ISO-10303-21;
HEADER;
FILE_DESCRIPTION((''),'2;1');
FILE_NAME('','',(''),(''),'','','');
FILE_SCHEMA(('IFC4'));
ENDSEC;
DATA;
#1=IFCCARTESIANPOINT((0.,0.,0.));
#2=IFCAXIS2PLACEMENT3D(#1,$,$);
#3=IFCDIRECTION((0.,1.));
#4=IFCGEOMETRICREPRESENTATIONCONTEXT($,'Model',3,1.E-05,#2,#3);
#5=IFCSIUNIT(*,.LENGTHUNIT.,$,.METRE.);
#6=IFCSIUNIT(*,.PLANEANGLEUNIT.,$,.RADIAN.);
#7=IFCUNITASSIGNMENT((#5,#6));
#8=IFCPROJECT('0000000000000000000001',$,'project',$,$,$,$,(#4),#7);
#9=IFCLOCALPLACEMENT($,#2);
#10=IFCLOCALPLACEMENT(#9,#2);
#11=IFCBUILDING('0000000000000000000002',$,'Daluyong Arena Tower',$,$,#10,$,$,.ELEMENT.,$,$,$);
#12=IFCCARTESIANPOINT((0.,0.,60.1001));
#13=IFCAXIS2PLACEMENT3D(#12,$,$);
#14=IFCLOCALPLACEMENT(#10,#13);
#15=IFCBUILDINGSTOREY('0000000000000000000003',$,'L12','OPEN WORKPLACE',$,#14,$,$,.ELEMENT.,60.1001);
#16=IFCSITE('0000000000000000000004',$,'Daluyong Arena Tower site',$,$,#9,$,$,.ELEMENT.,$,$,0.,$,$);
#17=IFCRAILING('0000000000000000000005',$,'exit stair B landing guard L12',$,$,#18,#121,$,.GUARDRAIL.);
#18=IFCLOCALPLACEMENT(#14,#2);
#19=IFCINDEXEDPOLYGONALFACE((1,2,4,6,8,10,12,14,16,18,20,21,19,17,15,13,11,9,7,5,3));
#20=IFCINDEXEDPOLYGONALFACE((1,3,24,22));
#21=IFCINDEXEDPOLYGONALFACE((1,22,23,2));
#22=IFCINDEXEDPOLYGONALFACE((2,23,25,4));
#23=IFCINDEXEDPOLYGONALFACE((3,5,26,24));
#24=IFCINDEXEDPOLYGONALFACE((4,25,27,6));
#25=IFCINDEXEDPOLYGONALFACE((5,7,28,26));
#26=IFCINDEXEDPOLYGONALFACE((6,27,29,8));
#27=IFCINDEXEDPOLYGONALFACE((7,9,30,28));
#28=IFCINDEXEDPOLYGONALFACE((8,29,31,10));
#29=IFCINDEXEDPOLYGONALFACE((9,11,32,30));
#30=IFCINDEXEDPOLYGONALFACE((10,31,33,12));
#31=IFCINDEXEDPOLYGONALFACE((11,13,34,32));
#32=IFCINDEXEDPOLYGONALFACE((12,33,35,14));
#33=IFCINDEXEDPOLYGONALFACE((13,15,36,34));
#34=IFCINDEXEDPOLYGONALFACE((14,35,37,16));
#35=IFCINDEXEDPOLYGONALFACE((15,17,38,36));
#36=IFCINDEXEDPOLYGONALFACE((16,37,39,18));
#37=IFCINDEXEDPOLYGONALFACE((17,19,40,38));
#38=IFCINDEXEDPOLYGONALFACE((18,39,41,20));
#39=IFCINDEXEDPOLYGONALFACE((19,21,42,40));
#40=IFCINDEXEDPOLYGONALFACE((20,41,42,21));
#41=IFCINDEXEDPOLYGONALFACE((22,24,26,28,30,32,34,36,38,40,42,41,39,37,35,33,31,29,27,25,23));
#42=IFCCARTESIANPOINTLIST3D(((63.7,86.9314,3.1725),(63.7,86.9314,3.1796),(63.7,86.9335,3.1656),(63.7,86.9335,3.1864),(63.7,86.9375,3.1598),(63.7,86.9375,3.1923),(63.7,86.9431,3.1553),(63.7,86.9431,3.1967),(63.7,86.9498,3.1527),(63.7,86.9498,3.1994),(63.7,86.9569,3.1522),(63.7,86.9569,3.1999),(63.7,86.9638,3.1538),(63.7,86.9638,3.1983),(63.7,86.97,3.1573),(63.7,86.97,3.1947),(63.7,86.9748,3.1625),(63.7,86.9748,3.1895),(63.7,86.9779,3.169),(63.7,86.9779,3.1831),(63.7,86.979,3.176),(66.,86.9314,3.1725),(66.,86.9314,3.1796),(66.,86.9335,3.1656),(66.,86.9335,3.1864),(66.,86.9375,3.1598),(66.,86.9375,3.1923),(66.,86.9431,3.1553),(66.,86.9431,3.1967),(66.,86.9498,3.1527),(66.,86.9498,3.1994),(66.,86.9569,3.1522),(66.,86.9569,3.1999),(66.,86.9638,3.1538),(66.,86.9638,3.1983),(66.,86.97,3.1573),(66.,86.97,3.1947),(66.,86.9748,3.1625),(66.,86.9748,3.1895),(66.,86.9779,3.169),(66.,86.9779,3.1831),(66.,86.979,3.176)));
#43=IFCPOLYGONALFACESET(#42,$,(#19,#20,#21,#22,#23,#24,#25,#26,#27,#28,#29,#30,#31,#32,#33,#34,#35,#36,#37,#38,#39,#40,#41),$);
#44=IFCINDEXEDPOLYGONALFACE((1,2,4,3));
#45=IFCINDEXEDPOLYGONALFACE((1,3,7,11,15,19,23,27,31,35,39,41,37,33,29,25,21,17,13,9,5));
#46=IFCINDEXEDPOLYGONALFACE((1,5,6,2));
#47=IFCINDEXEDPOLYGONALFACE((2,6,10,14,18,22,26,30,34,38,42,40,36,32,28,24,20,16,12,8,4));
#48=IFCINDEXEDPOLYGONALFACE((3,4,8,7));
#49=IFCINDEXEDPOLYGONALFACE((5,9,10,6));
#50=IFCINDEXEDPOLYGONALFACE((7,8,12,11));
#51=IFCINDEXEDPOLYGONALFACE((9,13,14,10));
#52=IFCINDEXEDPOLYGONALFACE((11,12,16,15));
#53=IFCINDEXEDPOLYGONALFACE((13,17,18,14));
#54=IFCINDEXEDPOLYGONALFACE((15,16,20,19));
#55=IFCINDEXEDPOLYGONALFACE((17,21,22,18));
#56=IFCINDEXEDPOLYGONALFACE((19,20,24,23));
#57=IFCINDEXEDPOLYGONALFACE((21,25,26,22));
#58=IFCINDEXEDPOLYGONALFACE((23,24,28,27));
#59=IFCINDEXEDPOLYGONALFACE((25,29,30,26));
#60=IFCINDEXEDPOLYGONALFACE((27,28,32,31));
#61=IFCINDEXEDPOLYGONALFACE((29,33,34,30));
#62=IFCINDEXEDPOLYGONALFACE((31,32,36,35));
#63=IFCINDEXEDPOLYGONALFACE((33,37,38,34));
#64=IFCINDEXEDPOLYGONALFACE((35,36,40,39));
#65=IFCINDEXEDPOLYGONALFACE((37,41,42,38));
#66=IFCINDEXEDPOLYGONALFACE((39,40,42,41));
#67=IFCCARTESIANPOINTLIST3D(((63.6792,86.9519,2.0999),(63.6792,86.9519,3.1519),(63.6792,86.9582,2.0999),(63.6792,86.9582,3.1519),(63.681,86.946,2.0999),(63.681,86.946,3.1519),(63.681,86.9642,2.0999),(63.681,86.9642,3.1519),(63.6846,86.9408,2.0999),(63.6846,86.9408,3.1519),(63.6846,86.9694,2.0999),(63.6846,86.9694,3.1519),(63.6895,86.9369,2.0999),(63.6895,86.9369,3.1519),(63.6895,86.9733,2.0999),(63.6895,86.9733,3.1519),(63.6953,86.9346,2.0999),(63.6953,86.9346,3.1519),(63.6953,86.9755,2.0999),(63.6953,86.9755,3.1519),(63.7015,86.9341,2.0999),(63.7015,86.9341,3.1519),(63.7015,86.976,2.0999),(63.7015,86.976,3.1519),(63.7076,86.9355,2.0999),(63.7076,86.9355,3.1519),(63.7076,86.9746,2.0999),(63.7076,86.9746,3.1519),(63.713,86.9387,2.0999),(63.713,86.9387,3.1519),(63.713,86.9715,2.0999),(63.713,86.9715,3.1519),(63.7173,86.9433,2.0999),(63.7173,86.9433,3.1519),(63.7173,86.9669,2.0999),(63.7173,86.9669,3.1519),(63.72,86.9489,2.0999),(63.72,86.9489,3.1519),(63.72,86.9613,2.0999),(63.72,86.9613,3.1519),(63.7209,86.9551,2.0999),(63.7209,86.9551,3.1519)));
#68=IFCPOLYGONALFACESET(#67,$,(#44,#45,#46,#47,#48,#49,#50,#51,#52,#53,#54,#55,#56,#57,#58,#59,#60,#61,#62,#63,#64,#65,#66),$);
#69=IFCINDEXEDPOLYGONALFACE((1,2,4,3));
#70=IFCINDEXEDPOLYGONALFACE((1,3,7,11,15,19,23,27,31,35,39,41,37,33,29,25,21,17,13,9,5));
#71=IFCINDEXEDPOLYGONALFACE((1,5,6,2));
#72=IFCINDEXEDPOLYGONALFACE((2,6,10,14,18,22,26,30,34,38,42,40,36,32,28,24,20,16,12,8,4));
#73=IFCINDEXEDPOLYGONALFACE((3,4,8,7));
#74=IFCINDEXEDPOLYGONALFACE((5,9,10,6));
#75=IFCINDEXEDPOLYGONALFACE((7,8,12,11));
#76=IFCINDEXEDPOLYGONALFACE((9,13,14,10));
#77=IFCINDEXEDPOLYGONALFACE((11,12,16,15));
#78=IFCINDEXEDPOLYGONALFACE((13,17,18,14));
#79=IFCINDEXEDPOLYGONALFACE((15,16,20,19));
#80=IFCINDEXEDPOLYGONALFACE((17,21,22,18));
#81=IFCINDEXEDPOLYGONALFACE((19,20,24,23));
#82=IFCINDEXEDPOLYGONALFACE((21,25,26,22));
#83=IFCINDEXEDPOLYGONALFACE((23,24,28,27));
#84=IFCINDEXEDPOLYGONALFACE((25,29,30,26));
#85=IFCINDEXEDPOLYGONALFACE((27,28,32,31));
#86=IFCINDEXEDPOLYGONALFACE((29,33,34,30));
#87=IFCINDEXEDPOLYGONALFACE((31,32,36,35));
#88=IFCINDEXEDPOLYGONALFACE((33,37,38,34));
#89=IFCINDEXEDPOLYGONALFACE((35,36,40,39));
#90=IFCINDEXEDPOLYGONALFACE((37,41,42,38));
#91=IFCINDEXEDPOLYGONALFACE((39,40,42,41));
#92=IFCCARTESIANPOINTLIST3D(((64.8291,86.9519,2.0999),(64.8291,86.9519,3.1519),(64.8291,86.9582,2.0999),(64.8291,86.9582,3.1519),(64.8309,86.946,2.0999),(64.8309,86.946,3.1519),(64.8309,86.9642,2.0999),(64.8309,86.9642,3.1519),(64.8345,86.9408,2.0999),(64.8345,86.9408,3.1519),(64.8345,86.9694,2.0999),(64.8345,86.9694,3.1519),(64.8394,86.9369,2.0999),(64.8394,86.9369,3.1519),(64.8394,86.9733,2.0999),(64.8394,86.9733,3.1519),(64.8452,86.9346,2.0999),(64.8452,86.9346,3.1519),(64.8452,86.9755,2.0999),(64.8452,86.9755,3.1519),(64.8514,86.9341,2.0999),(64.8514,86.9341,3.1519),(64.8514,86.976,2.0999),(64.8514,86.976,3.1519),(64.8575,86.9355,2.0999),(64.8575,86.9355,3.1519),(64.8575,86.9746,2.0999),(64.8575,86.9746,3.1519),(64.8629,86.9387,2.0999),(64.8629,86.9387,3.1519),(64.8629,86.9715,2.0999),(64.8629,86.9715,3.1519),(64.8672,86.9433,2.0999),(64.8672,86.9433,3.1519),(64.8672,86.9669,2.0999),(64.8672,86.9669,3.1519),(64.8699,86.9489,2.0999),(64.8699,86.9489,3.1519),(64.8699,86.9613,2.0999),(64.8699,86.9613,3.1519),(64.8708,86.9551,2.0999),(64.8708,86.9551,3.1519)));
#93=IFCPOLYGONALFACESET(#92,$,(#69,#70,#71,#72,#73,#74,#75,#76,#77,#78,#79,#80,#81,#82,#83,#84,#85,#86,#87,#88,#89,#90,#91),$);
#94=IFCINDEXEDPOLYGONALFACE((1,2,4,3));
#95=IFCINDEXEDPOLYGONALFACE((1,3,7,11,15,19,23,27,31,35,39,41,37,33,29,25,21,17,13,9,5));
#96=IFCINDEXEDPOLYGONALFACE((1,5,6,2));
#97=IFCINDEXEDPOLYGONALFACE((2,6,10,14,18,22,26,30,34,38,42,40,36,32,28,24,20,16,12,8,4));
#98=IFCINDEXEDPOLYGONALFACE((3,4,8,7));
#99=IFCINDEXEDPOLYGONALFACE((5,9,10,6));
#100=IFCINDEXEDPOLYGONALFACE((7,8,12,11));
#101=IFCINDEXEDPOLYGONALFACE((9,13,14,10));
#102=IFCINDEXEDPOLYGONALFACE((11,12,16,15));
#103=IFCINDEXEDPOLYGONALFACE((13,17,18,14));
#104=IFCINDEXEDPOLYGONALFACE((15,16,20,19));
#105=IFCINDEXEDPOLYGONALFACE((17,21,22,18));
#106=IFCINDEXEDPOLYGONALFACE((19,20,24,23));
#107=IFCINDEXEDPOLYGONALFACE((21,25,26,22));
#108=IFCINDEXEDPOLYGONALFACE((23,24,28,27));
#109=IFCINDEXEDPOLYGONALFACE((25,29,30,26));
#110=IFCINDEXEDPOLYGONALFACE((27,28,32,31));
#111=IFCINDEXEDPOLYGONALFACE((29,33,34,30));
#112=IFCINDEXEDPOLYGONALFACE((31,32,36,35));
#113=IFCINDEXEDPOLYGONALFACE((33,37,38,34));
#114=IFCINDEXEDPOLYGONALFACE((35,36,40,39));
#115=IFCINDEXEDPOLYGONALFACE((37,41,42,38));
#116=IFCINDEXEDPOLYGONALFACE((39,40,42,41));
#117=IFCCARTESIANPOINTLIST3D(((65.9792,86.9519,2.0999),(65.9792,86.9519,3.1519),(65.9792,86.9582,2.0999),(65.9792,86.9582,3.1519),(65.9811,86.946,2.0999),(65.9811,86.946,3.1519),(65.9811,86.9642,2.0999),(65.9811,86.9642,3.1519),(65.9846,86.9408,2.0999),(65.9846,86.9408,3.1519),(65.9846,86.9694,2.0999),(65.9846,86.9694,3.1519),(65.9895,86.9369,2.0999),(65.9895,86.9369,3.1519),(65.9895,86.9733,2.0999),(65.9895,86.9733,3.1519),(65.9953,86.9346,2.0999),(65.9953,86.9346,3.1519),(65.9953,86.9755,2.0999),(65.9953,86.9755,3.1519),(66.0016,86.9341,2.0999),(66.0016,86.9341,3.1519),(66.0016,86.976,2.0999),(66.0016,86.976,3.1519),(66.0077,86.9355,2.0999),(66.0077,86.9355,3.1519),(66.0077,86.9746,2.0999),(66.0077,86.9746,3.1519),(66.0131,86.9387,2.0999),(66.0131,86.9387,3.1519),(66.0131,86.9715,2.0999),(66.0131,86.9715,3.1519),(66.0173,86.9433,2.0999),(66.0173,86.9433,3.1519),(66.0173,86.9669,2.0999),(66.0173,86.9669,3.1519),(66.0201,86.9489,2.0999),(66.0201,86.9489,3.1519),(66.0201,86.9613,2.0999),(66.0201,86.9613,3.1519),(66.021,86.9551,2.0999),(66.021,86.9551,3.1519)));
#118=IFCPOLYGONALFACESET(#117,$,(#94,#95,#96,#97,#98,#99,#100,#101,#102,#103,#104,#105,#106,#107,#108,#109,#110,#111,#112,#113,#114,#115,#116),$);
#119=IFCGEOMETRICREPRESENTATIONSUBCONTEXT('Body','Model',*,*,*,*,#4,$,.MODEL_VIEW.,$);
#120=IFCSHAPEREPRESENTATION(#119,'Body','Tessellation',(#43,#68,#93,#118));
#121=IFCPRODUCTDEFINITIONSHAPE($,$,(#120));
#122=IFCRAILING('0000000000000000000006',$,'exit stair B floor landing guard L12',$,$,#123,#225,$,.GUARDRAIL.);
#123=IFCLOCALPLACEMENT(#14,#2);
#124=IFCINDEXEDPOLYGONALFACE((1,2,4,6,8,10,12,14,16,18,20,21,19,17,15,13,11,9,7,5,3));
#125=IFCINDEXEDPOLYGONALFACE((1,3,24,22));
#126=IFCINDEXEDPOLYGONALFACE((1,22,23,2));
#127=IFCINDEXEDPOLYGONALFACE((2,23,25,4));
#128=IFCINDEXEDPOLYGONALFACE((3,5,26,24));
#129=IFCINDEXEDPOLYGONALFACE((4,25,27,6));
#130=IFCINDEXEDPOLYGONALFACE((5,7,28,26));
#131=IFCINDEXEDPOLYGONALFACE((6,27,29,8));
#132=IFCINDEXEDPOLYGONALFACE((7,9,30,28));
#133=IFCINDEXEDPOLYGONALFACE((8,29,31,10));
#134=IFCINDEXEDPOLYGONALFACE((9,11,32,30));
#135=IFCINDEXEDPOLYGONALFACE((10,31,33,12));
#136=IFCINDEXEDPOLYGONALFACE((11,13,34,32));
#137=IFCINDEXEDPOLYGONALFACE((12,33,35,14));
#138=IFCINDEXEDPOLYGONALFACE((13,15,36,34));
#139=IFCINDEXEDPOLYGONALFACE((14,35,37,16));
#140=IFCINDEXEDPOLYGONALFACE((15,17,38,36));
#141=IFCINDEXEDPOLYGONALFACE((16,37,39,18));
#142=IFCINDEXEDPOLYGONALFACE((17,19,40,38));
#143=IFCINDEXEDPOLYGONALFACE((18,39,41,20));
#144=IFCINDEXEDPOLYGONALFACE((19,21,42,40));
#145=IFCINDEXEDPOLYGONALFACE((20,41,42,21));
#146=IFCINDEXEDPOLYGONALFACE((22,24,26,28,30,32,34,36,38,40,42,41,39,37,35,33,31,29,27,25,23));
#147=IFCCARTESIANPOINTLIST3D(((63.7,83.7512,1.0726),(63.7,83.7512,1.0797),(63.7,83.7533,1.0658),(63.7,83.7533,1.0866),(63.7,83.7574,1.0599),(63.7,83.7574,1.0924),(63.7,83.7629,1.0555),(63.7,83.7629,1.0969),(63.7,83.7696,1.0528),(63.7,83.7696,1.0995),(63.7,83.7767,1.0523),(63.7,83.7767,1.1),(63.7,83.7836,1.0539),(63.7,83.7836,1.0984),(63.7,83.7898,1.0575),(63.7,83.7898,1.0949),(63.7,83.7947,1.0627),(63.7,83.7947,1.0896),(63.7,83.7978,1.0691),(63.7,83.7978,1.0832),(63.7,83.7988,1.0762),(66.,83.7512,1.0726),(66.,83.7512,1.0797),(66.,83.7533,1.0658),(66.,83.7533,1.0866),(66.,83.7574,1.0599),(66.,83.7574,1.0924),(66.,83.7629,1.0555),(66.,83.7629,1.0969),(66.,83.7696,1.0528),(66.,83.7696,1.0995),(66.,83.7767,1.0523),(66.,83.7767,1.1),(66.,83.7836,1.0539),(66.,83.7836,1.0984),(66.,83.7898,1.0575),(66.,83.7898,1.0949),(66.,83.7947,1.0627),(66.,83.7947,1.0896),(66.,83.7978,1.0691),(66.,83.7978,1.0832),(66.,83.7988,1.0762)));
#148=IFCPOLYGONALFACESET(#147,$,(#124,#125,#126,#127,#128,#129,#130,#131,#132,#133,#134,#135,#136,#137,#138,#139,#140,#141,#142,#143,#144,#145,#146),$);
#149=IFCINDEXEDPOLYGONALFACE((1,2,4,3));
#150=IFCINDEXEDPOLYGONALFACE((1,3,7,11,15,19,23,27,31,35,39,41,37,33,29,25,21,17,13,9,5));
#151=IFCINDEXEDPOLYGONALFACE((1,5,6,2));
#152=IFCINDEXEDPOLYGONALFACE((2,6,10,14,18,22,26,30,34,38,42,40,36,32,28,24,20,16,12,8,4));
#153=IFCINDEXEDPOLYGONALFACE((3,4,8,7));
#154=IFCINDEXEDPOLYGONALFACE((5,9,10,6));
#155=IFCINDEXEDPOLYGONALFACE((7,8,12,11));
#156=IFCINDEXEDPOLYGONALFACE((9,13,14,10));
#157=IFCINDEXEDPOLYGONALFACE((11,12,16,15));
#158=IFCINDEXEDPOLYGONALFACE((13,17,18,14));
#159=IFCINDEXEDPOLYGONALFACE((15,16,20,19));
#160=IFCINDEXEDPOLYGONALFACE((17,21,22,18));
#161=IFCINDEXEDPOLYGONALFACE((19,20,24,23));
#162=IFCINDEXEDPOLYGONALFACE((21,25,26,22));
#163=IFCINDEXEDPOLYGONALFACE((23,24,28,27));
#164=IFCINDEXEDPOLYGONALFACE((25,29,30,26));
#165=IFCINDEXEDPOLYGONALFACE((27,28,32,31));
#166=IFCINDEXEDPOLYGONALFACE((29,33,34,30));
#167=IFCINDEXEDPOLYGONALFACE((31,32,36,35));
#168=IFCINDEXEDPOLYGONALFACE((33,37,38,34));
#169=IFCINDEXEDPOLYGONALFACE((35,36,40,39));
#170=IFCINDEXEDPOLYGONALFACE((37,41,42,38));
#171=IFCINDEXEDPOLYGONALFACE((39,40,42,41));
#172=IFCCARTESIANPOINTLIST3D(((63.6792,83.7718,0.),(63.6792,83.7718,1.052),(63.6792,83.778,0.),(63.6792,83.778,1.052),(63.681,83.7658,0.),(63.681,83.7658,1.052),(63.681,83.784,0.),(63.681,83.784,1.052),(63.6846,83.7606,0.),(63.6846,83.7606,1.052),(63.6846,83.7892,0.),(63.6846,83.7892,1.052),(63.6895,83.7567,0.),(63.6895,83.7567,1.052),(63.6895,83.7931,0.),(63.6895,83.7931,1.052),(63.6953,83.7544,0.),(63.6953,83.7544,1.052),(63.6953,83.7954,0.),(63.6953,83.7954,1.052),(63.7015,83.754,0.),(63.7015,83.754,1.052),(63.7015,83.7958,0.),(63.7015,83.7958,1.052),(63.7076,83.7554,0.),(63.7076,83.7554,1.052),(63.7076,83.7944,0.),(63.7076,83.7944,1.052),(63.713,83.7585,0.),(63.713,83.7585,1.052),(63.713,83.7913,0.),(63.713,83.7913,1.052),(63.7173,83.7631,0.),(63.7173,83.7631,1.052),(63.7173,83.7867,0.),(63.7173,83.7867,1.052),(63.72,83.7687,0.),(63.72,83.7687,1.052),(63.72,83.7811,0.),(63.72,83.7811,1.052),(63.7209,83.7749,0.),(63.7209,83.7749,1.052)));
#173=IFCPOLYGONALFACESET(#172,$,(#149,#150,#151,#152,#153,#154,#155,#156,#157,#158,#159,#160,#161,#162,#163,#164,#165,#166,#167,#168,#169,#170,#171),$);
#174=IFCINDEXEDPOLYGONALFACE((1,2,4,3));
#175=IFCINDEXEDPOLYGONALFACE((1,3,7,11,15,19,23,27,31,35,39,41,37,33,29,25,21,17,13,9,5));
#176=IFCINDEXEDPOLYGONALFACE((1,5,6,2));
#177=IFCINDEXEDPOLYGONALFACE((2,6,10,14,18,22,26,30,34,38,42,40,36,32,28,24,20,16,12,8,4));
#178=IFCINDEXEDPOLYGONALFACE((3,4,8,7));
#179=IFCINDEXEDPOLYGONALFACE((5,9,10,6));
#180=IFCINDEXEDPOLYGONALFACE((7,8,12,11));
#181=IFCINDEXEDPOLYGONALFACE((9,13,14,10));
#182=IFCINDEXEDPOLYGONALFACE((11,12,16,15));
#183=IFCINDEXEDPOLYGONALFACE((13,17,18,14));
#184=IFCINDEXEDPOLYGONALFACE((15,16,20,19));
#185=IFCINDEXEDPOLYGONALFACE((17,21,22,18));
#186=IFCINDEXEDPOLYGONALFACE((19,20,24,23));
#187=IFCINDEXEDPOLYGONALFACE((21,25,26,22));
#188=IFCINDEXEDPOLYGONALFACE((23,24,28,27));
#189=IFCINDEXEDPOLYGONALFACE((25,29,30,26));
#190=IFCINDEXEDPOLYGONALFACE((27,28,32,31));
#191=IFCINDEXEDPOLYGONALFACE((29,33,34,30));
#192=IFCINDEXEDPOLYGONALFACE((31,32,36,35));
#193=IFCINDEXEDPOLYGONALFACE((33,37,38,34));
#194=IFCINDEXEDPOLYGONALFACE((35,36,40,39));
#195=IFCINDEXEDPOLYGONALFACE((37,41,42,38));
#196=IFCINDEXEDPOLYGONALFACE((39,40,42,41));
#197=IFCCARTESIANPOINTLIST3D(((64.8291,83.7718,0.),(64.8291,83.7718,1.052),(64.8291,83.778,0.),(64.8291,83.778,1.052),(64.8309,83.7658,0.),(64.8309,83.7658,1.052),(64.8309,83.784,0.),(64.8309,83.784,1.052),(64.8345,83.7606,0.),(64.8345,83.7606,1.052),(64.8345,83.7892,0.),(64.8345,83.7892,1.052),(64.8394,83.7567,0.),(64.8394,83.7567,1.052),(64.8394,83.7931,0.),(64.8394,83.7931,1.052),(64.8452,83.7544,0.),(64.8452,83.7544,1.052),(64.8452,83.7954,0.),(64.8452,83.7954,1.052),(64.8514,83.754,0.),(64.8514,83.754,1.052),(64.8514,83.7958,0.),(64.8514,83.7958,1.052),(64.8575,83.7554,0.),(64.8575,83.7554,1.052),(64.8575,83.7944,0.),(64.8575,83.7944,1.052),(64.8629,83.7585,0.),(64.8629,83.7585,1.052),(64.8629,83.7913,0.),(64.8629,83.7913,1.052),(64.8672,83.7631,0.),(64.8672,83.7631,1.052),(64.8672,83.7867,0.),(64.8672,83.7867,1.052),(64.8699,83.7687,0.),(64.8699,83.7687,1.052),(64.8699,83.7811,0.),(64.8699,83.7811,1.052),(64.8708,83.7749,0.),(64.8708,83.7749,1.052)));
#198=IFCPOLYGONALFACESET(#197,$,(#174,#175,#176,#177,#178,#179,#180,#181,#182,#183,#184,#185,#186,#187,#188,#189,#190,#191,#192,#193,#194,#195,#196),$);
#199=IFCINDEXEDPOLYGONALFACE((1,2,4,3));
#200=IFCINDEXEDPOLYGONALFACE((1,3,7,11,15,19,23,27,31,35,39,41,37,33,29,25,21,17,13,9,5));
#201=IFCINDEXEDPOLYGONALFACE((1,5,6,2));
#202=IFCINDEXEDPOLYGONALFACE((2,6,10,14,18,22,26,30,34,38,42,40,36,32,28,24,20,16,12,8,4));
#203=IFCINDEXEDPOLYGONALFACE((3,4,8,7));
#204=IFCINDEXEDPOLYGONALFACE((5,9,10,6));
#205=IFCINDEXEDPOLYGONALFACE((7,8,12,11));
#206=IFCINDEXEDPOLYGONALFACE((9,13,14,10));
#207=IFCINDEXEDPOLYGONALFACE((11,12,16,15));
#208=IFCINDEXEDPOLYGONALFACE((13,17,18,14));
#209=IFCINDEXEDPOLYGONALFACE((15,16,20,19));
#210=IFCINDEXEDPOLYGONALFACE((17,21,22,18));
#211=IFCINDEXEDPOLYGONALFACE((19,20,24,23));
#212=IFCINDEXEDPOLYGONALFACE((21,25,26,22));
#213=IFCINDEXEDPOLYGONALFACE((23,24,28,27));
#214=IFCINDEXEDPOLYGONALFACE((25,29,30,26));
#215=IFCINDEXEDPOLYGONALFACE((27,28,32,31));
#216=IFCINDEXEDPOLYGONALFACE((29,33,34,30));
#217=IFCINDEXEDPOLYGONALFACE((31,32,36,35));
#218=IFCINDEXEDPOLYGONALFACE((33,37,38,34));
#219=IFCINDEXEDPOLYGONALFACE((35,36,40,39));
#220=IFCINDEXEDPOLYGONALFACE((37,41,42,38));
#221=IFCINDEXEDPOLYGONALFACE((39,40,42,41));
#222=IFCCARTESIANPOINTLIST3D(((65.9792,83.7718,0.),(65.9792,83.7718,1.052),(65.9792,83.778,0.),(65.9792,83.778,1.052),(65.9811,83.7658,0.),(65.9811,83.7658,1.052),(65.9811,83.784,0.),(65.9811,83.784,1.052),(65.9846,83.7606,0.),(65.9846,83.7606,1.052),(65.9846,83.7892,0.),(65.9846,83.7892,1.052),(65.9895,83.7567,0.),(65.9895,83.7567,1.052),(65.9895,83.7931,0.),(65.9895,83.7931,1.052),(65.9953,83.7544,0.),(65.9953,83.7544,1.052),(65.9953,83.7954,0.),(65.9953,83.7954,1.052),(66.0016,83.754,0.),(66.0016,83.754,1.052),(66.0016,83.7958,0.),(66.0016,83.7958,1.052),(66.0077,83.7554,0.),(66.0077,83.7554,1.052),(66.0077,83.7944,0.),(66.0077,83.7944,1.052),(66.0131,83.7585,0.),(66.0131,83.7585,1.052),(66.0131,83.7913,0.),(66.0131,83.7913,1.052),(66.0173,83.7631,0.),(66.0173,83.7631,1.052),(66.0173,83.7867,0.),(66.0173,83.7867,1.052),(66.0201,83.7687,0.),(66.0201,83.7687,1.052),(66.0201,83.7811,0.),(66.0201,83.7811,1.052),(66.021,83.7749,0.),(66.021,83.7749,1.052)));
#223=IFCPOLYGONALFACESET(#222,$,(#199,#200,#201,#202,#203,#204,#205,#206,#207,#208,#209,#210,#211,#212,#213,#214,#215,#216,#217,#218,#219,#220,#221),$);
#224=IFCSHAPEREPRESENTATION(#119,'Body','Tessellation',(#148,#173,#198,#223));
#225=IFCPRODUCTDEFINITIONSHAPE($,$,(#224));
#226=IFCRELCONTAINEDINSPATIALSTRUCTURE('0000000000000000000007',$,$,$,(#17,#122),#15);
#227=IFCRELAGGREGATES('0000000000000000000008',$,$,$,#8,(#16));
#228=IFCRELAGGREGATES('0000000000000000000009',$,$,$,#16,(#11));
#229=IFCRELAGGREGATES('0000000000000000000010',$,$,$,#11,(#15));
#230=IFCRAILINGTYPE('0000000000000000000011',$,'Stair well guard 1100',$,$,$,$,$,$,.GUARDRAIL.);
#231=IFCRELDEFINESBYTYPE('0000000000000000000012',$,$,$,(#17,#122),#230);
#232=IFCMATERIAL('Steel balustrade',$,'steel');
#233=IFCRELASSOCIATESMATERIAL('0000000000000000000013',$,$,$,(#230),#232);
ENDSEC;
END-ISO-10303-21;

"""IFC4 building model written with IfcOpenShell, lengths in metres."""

from ifc_helpers import new_model, si_unit, direction, frame, origin, origin_2d, place, context, subcontext, project, spatial, circle, extrude, material, type_object, element, save


model = new_model("IFC4")

# Units and contexts
model_context = context("Model", 3, precision=1e-05, world=origin(), true_north=direction((0.0, 1.0)))
body_context = subcontext(model_context, "Body", "Model", "MODEL_VIEW")
ifc_project = project(units=[si_unit("LENGTHUNIT", "METRE"), si_unit("PLANEANGLEUNIT", "RADIAN")], contexts=[model_context])

# Site, building, storey
site_placement = place(None, origin())
site = spatial("IfcSite", under=ifc_project, at=site_placement, Name="Daluyong Arena Tower site", CompositionType="ELEMENT", RefElevation=0.0)
building_placement = place(site_placement, origin())
building = spatial("IfcBuilding", under=site, at=building_placement, Name="Daluyong Arena Tower", CompositionType="ELEMENT")
storey_placement = place(building_placement, frame((0.0, 0.0, 60.1001)))
storey = spatial("IfcBuildingStorey", under=building, at=storey_placement, Name="L12", Description="OPEN WORKPLACE", CompositionType="ELEMENT", Elevation=60.1001)

# Railings
ifc_material_1 = material(Name="Steel balustrade", Category="steel")
railing_type_1 = type_object("IfcRailingType", Name="Stair well guard 1100", PredefinedType="GUARDRAIL", material=ifc_material_1)
for number, where, name in (
    (1, (63.7, 86.9551, 2.0999), "exit stair B landing guard L12"),
    (2, (63.7, 83.7749, 0.0), "exit stair B floor landing guard L12"),
):
    element("IfcRailing", number, at=place(storey_placement, frame(where)), inside=storey, type_object=railing_type_1, Name=name, PredefinedType="GUARDRAIL", context=body_context, shape_type="SweptSolid", body=[
        extrude(circle(Radius=0.0239, at=origin_2d()), frame((0.0, 0.0, 1.0762), z_axis=(1.0, 0.0, 0.0), x_axis=(0.0, 1.0, 0.0)), (0.0, 0.0, 1.0), 2.3),
        extrude(circle(Radius=0.021, at=origin_2d()), origin(), (0.0, 0.0, 1.0), 1.052),
        extrude(circle(Radius=0.021, at=origin_2d()), frame((1.1499, 0.0, 0.0)), (0.0, 0.0, 1.0), 1.052),
        extrude(circle(Radius=0.021, at=origin_2d()), frame((2.3, 0.0, 0.0)), (0.0, 0.0, 1.0), 1.052),
    ])

save(model, "model.ifc")
